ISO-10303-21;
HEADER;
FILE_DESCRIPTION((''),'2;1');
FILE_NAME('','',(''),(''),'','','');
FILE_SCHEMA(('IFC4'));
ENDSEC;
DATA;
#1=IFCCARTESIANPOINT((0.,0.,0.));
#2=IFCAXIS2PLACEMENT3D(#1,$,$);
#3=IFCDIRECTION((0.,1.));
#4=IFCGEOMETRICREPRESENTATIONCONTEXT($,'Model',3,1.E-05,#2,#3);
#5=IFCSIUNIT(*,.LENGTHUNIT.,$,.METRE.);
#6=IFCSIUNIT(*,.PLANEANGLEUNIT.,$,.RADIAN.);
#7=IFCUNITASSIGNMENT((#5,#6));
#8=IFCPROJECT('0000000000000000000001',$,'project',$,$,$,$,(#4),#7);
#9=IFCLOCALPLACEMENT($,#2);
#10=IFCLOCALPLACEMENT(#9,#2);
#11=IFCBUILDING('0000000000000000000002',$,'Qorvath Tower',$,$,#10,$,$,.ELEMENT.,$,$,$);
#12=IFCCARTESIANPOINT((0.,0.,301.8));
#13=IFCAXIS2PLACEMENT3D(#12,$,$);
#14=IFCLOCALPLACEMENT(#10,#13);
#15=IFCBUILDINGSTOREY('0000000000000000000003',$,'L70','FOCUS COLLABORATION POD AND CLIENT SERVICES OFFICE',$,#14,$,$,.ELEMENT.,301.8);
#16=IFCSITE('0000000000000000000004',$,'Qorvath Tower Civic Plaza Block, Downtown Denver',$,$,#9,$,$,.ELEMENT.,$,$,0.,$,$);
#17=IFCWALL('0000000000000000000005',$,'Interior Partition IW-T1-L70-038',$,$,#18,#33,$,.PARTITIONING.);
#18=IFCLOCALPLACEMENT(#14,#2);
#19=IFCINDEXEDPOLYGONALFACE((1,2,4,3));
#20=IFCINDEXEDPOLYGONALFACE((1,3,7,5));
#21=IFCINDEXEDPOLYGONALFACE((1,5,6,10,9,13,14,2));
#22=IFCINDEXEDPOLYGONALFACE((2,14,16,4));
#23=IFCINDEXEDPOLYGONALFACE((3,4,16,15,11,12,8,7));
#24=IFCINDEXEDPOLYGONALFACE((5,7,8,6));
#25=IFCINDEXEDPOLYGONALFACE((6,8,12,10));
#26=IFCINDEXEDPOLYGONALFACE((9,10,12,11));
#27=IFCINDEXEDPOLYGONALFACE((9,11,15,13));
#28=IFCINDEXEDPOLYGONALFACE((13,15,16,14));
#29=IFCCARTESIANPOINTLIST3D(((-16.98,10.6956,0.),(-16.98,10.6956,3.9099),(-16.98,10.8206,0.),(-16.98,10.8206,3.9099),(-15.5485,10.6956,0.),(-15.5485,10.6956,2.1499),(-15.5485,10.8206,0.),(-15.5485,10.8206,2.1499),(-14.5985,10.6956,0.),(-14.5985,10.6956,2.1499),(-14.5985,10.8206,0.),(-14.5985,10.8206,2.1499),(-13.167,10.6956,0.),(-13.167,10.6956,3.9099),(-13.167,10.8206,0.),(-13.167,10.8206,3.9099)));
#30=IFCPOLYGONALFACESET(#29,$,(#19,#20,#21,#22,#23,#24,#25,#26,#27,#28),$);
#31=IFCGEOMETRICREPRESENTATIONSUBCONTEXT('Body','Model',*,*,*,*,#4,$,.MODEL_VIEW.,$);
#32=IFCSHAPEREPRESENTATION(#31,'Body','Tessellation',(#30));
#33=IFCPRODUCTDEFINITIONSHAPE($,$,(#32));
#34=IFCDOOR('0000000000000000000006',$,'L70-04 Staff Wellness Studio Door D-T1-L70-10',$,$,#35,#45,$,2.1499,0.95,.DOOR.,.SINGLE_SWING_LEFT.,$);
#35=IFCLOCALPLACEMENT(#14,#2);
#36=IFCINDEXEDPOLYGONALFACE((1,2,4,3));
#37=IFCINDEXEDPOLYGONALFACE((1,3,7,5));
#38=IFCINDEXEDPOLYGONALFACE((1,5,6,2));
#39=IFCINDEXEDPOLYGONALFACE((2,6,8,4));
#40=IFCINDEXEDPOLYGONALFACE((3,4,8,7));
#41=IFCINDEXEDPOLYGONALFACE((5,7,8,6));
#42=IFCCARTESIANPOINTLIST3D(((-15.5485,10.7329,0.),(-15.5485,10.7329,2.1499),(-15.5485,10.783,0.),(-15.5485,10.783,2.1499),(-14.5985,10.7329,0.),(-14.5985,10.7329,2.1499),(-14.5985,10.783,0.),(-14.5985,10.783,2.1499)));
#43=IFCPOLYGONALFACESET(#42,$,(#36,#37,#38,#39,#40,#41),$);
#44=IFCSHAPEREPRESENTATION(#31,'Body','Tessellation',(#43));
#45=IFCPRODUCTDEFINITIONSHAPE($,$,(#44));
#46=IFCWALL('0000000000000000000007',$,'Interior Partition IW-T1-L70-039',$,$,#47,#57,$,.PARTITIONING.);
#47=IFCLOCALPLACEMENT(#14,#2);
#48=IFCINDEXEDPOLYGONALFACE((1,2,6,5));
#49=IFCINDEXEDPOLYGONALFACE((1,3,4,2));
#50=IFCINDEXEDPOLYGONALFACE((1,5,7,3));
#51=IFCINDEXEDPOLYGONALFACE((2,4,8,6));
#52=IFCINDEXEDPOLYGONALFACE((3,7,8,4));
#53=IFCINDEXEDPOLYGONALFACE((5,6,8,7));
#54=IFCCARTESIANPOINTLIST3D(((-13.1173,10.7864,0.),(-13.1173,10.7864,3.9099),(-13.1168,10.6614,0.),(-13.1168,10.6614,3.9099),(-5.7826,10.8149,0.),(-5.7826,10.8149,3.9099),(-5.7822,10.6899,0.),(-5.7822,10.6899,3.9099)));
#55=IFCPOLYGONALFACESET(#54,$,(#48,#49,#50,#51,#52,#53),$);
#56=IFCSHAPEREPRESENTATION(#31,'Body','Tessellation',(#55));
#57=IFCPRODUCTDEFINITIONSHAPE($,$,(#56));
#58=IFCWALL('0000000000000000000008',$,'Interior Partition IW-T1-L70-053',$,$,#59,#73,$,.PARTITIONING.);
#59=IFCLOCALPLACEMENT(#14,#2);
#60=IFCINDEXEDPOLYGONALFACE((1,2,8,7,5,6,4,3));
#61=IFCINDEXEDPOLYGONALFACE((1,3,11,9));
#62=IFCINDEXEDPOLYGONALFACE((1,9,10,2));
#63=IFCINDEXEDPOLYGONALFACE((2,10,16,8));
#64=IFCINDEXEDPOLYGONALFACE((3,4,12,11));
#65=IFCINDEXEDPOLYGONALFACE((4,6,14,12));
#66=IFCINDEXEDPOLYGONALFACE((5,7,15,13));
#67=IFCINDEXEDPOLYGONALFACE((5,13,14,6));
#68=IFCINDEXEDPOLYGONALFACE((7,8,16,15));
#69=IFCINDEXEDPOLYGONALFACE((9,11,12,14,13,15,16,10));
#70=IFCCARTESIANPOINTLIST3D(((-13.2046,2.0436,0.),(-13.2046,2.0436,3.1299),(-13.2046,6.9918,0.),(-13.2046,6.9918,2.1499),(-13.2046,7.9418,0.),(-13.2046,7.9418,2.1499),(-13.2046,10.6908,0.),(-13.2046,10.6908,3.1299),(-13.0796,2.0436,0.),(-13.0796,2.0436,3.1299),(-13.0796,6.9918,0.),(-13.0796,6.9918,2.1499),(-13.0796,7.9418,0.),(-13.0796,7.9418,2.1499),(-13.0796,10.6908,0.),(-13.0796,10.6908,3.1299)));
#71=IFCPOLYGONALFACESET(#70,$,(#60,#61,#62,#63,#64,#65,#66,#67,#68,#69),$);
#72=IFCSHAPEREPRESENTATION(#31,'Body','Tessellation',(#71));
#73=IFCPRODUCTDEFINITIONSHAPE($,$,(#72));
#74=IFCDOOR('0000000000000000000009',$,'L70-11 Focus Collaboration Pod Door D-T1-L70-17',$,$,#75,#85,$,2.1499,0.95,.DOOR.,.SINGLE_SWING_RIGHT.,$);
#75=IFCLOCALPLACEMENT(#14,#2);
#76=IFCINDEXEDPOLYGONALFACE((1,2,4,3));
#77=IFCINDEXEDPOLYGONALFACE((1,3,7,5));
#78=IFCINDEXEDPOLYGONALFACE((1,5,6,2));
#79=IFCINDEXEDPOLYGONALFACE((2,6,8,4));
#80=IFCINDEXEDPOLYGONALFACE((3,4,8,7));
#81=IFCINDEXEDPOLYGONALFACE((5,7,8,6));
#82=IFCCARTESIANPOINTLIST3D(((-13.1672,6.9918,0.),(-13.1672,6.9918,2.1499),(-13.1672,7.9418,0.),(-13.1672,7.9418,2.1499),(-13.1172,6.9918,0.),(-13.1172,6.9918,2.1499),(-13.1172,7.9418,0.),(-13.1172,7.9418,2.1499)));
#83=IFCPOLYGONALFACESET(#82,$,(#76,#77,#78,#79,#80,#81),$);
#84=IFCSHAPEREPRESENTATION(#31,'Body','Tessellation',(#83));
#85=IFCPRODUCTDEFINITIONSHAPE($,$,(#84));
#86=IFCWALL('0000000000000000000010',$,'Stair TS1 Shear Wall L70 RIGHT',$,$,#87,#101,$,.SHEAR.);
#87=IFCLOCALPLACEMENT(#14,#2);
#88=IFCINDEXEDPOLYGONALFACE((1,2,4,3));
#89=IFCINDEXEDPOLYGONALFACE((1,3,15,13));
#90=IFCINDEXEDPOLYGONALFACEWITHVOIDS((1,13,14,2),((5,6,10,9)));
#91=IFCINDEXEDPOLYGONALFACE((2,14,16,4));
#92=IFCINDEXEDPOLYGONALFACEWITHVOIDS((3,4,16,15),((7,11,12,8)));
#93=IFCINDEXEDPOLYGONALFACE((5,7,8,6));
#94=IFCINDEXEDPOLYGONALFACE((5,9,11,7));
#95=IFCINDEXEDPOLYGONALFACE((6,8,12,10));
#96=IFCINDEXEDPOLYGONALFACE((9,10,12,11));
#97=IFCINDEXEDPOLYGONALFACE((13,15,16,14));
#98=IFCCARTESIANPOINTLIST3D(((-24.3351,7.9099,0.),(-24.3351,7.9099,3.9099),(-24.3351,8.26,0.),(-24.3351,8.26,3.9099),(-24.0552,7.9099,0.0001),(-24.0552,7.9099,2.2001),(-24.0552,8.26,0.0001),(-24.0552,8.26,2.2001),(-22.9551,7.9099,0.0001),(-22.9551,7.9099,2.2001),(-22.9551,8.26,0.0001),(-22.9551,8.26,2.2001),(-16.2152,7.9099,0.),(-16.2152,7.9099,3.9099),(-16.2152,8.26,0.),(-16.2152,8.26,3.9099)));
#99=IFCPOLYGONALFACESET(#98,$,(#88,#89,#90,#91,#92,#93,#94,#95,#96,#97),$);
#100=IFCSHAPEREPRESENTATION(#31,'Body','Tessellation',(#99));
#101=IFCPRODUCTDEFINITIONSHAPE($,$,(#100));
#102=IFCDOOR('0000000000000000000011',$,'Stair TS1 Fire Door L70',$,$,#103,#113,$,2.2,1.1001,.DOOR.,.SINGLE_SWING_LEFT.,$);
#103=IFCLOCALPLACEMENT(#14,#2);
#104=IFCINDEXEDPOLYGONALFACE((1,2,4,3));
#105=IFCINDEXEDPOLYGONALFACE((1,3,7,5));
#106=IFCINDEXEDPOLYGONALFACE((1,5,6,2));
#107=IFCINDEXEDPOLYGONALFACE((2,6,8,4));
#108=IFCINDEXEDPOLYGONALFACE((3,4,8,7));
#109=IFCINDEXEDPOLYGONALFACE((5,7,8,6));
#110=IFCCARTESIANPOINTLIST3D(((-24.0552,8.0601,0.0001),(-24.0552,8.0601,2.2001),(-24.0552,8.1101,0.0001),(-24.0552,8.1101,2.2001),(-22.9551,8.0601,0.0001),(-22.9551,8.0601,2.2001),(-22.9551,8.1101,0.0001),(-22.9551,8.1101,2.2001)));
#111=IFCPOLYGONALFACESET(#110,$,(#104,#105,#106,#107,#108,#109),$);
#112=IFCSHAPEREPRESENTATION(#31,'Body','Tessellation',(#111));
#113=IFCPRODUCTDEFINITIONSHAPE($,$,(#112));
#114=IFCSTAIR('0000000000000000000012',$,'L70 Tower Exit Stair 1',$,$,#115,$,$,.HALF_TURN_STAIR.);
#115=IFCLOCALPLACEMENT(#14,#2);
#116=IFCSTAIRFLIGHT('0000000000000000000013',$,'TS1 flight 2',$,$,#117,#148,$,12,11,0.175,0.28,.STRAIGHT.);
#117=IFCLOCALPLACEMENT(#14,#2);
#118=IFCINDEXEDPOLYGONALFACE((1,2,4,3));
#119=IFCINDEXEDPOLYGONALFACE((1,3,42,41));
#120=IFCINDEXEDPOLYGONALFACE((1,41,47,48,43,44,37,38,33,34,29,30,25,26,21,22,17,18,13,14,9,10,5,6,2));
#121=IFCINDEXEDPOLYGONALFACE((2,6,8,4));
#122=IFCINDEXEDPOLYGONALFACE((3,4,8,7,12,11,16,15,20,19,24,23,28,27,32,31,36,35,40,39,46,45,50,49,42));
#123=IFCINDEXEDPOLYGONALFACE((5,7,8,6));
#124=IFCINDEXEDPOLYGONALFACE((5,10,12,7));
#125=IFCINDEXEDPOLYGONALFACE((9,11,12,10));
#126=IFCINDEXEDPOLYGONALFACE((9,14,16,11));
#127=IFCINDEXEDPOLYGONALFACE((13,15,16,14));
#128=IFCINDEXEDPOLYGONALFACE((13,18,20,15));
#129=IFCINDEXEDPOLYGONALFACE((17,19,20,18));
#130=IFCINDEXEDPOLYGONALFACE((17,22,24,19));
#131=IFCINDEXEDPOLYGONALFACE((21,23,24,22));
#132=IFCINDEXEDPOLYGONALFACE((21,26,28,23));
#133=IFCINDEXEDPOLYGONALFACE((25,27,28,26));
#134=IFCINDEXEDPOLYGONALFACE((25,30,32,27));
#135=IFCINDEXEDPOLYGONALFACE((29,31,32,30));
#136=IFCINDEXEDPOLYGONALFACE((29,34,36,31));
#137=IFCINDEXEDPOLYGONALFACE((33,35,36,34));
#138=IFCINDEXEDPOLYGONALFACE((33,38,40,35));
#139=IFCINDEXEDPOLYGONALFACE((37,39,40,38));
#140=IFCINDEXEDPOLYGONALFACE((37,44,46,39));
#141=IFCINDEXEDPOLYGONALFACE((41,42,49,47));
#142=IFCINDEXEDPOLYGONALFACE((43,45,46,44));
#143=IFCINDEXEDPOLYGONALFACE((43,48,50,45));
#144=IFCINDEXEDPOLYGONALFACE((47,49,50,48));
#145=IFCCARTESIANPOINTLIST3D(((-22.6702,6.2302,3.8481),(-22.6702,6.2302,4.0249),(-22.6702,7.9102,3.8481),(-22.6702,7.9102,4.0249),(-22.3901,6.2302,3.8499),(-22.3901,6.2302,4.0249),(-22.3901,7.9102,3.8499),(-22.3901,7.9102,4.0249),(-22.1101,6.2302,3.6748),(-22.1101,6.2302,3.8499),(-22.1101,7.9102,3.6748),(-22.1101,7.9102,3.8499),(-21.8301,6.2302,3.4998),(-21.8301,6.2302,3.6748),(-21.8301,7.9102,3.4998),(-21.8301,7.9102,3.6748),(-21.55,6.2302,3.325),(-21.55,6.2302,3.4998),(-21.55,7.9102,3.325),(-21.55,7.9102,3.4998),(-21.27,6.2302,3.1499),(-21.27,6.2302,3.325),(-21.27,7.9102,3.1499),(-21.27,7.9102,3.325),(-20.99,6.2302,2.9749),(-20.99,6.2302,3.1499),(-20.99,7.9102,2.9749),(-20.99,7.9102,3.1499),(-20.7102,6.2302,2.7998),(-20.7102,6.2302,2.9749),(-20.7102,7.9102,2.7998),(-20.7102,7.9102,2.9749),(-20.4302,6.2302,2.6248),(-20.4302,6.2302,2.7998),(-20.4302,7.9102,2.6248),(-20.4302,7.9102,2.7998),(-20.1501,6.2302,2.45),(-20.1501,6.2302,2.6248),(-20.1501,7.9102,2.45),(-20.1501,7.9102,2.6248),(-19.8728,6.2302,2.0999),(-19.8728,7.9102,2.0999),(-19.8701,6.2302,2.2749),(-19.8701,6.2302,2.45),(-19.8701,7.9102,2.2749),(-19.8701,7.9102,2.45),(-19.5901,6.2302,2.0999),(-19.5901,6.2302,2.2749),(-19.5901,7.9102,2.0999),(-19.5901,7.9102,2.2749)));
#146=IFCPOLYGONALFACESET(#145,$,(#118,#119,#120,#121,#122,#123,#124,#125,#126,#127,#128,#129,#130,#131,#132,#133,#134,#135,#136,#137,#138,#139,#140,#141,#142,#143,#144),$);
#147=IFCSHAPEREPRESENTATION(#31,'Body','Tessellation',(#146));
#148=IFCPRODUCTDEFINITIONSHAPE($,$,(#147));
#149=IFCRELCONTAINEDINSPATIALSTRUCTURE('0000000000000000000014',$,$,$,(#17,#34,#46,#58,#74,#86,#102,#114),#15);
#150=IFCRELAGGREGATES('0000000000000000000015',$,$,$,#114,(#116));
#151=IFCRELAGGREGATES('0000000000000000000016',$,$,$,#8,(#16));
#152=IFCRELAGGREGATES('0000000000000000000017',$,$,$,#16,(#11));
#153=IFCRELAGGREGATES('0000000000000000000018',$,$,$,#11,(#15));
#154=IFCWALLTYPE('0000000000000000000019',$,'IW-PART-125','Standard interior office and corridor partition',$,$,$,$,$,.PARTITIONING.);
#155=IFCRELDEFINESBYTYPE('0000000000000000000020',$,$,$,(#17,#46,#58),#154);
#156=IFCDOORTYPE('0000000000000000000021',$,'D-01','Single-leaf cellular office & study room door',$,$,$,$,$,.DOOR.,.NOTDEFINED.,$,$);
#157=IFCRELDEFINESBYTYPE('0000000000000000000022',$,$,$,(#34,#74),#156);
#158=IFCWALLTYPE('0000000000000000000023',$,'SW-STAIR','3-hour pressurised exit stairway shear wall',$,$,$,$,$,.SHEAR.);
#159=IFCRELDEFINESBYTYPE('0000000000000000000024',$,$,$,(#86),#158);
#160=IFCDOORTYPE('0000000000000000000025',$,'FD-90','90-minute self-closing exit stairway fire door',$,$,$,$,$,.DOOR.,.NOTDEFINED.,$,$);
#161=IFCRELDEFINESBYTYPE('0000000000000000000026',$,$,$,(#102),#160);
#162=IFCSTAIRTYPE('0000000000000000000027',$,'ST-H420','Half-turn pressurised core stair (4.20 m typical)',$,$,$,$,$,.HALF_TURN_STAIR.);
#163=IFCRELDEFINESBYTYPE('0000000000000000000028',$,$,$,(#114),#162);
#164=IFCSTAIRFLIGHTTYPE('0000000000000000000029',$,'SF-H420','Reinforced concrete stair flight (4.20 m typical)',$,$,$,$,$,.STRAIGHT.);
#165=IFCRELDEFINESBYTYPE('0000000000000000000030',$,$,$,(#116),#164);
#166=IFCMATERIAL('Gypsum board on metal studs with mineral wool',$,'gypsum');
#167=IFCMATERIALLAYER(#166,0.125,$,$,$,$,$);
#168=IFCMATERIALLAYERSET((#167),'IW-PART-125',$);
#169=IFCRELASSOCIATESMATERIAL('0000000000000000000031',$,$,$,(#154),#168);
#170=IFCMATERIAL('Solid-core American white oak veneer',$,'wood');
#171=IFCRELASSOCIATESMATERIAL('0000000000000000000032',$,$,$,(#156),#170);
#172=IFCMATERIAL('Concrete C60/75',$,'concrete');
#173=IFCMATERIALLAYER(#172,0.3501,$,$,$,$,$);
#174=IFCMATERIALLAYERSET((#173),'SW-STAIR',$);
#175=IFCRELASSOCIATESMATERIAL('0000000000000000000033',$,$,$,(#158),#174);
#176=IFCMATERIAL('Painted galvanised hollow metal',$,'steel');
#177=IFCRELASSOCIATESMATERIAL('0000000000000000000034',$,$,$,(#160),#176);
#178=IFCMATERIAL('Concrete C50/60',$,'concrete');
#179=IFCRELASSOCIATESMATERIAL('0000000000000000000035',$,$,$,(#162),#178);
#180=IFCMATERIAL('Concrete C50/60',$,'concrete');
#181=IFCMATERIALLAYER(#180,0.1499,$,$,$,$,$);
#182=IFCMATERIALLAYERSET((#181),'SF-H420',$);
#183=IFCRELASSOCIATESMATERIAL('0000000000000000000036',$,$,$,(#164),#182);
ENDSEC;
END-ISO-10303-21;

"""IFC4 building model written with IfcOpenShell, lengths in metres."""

from ifc_helpers import new_model, si_unit, direction, frame, frame_2d, origin, place, context, subcontext, project, spatial, polyline, rectangle, outline, extrude, material, layer, layer_set, type_object, element, fill, aggregate, save


model = new_model("IFC4")

# Units and contexts
model_context = context("Model", 3, precision=1e-05, world=origin(), true_north=direction((0.0, 1.0)))
body_context = subcontext(model_context, "Body", "Model", "MODEL_VIEW")
ifc_project = project(units=[si_unit("LENGTHUNIT", "METRE"), si_unit("PLANEANGLEUNIT", "RADIAN")], contexts=[model_context])

# Site, building, storey
site_placement = place(None, origin())
site = spatial("IfcSite", under=ifc_project, at=site_placement, Name="Qorvath Tower Civic Plaza Block, Downtown Denver", CompositionType="ELEMENT", RefElevation=0.0)
building_placement = place(site_placement, origin())
building = spatial("IfcBuilding", under=site, at=building_placement, Name="Qorvath Tower", CompositionType="ELEMENT")
storey_placement = place(building_placement, frame((0.0, 0.0, 301.8)))
storey = spatial("IfcBuildingStorey", under=building, at=storey_placement, Name="L70", Description="FOCUS COLLABORATION POD AND CLIENT SERVICES OFFICE", CompositionType="ELEMENT", Elevation=301.8)

# Shared definitions
ifc_material_1 = material(Name="Gypsum board on metal studs with mineral wool", Category="gypsum")
ifc_layer_1 = layer(ifc_material_1, 0.125)
ifc_layer_set_1 = layer_set([ifc_layer_1], Name="IW-PART-125")
wall_type_1 = type_object("IfcWallType", Name="IW-PART-125", Description="Standard interior office and corridor partition", PredefinedType="PARTITIONING", material=ifc_layer_set_1)

# Wall, opening, door
wall_1_placement = place(storey_placement, frame((-16.98, 10.7581, 0.0), z_axis=(0.0, 0.0, 1.0), x_axis=(1.0, 0.0, 0.0)))
wall_1 = element("IfcWall", 1, at=wall_1_placement, inside=storey, type_object=wall_type_1, Name="Interior Partition IW-T1-L70-038", PredefinedType="PARTITIONING", context=body_context, shape_type="SweptSolid", body=[
    extrude(rectangle(XDim=3.813, YDim=0.125, at=frame_2d((1.9065, 0.0))), origin(), (0.0, 0.0, 1.0), 3.9099),
])
opening_1_placement = place(wall_1_placement, frame((1.4314, 0.0, 0.0)))
opening_1 = element("IfcOpeningElement", 2, at=opening_1_placement, cuts=wall_1, PredefinedType="OPENING", context=body_context, shape_type="SweptSolid", body=[
    extrude(rectangle(XDim=0.95, YDim=2.1499, at=frame_2d((0.4751, 1.075))), frame((0.0, 0.0725, 0.0), z_axis=(0.0, -1.0, 0.0), x_axis=(1.0, 0.0, 0.0)), (0.0, 0.0, 1.0), 0.145),
])
ifc_material_2 = material(Name="Solid-core American white oak veneer", Category="wood")
door_type_1 = type_object("IfcDoorType", Name="D-01", Description="Single-leaf cellular office & study room door", OperationType="NOTDEFINED", PredefinedType="DOOR", material=ifc_material_2)
door_1_placement = place(opening_1_placement, origin())
door_1 = element("IfcDoor", 3, at=door_1_placement, inside=storey, type_object=door_type_1, Name="L70-04 Staff Wellness Studio Door D-T1-L70-10", OperationType="SINGLE_SWING_LEFT", OverallHeight=2.1499, OverallWidth=0.95, PredefinedType="DOOR", context=body_context, shape_type="SweptSolid", body=[
    extrude(rectangle(XDim=0.95, YDim=2.1499, at=frame_2d((0.4751, 1.075))), frame((0.0, 0.0249, 0.0), z_axis=(0.0, -1.0, 0.0), x_axis=(1.0, 0.0, 0.0)), (0.0, 0.0, 1.0), 0.05),
])
fill(opening_1, door_1)

# Wall
wall_2_placement = place(storey_placement, frame((-13.1172, 10.7239, 0.0), z_axis=(0.0, 0.0, 1.0), x_axis=(0.999992, 0.003894, 0.0)))
element("IfcWall", 4, at=wall_2_placement, inside=storey, type_object=wall_type_1, Name="Interior Partition IW-T1-L70-039", PredefinedType="PARTITIONING", context=body_context, shape_type="SweptSolid", body=[
    extrude(rectangle(XDim=7.3347, YDim=0.125, at=frame_2d((3.6675, 0.0))), origin(), (0.0, 0.0, 1.0), 3.9099),
])

# Walls, openings, doors
wall_3_placement = place(storey_placement, frame((-13.1421, 10.6909, 0.0), z_axis=(0.0, 0.0, 1.0), x_axis=(0.0, -1.0, 0.0)))
wall_3 = element("IfcWall", 5, at=wall_3_placement, inside=storey, type_object=wall_type_1, Name="Interior Partition IW-T1-L70-053", PredefinedType="PARTITIONING", context=body_context, shape_type="SweptSolid", body=[
    extrude(rectangle(XDim=8.6472, YDim=0.125, at=frame_2d((4.3237, 0.0))), origin(), (0.0, 0.0, 1.0), 3.1299),
])
opening_2_placement = place(wall_3_placement, frame((2.749, 0.0, 0.0)))
opening_2 = element("IfcOpeningElement", 6, at=opening_2_placement, cuts=wall_3, PredefinedType="OPENING", context=body_context, shape_type="SweptSolid", body=[
    extrude(rectangle(XDim=0.95, YDim=2.1499, at=frame_2d((0.4751, 1.075))), frame((0.0, 0.0725, 0.0), z_axis=(0.0, -1.0, 0.0), x_axis=(1.0, 0.0, 0.0)), (0.0, 0.0, 1.0), 0.145),
])
door_2_placement = place(opening_2_placement, origin())
door_2 = element("IfcDoor", 7, at=door_2_placement, inside=storey, type_object=door_type_1, Name="L70-11 Focus Collaboration Pod Door D-T1-L70-17", OperationType="SINGLE_SWING_RIGHT", OverallHeight=2.1499, OverallWidth=0.95, PredefinedType="DOOR", context=body_context, shape_type="SweptSolid", body=[
    extrude(rectangle(XDim=0.95, YDim=2.1499, at=frame_2d((0.4751, 1.075))), frame((0.0, 0.0249, 0.0), z_axis=(0.0, -1.0, 0.0), x_axis=(1.0, 0.0, 0.0)), (0.0, 0.0, 1.0), 0.05),
])
fill(opening_2, door_2)
ifc_material_3 = material(Name="Concrete C60/75", Category="concrete")
ifc_layer_2 = layer(ifc_material_3, 0.3501)
ifc_layer_set_2 = layer_set([ifc_layer_2], Name="SW-STAIR")
wall_type_2 = type_object("IfcWallType", Name="SW-STAIR", Description="3-hour pressurised exit stairway shear wall", PredefinedType="SHEAR", material=ifc_layer_set_2)
wall_4_placement = place(storey_placement, frame((-16.2151, 8.085, 0.0), z_axis=(0.0, 0.0, 1.0), x_axis=(-1.0, 0.0, 0.0)))
wall_4 = element("IfcWall", 8, at=wall_4_placement, inside=storey, type_object=wall_type_2, Name="Stair TS1 Shear Wall L70 RIGHT", PredefinedType="SHEAR", context=body_context, shape_type="SweptSolid", body=[
    extrude(rectangle(XDim=8.1199, YDim=0.3501, at=frame_2d((4.0601, 0.0))), origin(), (0.0, 0.0, 1.0), 3.9099),
])
opening_3_placement = place(wall_4_placement, frame((6.74, 0.0, 0.0)))
opening_3 = element("IfcOpeningElement", 9, at=opening_3_placement, cuts=wall_4, PredefinedType="OPENING", context=body_context, shape_type="SweptSolid", body=[
    extrude(rectangle(XDim=1.1001, YDim=2.2, at=frame_2d((0.55, 1.1001))), frame((0.0, 0.1851, 0.0), z_axis=(0.0, -1.0, 0.0), x_axis=(1.0, 0.0, 0.0)), (0.0, 0.0, 1.0), 0.3701),
])
ifc_material_4 = material(Name="Painted galvanised hollow metal", Category="steel")
door_type_2 = type_object("IfcDoorType", Name="FD-90", Description="90-minute self-closing exit stairway fire door", OperationType="NOTDEFINED", PredefinedType="DOOR", material=ifc_material_4)
door_3_placement = place(opening_3_placement, origin())
door_3 = element("IfcDoor", 10, at=door_3_placement, inside=storey, type_object=door_type_2, Name="Stair TS1 Fire Door L70", OperationType="SINGLE_SWING_LEFT", OverallHeight=2.2, OverallWidth=1.1001, PredefinedType="DOOR", context=body_context, shape_type="SweptSolid", body=[
    extrude(rectangle(XDim=1.1001, YDim=2.2, at=frame_2d((0.55, 1.1001))), frame((0.0, 0.0249, 0.0), z_axis=(0.0, -1.0, 0.0), x_axis=(1.0, 0.0, 0.0)), (0.0, 0.0, 1.0), 0.05),
])
fill(opening_3, door_3)

# Stair, stair flight
ifc_material_5 = material(Name="Concrete C50/60", Category="concrete")
stair_type = type_object("IfcStairType", Name="ST-H420", Description="Half-turn pressurised core stair (4.20 m typical)", PredefinedType="HALF_TURN_STAIR", material=ifc_material_5)
stair_placement = place(storey_placement, origin())
stair = element("IfcStair", 11, at=stair_placement, inside=storey, type_object=stair_type, Name="L70 Tower Exit Stair 1", PredefinedType="HALF_TURN_STAIR")
ifc_material_6 = material(Name="Concrete C50/60", Category="concrete")
ifc_layer_3 = layer(ifc_material_6, 0.1499)
ifc_layer_set_3 = layer_set([ifc_layer_3], Name="SF-H420")
stair_flight_type = type_object("IfcStairFlightType", Name="SF-H420", Description="Reinforced concrete stair flight (4.20 m typical)", PredefinedType="STRAIGHT", material=ifc_layer_set_3)
stair_flight_placement = place(storey_placement, frame((-19.5901, 7.0701, 2.0999), z_axis=(0.0, 0.0, 1.0), x_axis=(-1.0, 0.0, 0.0)))
stair_flight = element("IfcStairFlight", 12, at=stair_flight_placement, type_object=stair_flight_type, Name="TS1 flight 2", NumberOfRisers=12, NumberOfTreads=11, PredefinedType="STRAIGHT", RiserHeight=0.175, TreadLength=0.28, context=body_context, shape_type="SweptSolid", body=[
    extrude(outline(polyline([(0.0, 0.0), (0.0, 0.175), (0.28, 0.175), (0.28, 0.3501), (0.5601, 0.3501), (0.5601, 0.5249), (0.8401, 0.5249), (0.8401, 0.7), (1.1201, 0.7), (1.1201, 0.875), (1.3999, 0.875), (1.3999, 1.05), (1.6799, 1.05), (1.6799, 1.2251), (1.96, 1.2251), (1.96, 1.3999), (2.24, 1.3999), (2.24, 1.575), (2.52, 1.575), (2.52, 1.75), (2.8, 1.75), (2.8, 1.925), (3.0801, 1.925), (3.0801, 2.1001), (3.0801, 1.7483), (0.2827, 0.0), (0.0, 0.0)])), frame((0.0, 0.8398, 0.0), z_axis=(0.0, -1.0, 0.0), x_axis=(1.0, 0.0, 0.0)), (0.0, 0.0, 1.0), 1.6799),
])
aggregate(stair, [stair_flight])

save(model, "model.ifc")
